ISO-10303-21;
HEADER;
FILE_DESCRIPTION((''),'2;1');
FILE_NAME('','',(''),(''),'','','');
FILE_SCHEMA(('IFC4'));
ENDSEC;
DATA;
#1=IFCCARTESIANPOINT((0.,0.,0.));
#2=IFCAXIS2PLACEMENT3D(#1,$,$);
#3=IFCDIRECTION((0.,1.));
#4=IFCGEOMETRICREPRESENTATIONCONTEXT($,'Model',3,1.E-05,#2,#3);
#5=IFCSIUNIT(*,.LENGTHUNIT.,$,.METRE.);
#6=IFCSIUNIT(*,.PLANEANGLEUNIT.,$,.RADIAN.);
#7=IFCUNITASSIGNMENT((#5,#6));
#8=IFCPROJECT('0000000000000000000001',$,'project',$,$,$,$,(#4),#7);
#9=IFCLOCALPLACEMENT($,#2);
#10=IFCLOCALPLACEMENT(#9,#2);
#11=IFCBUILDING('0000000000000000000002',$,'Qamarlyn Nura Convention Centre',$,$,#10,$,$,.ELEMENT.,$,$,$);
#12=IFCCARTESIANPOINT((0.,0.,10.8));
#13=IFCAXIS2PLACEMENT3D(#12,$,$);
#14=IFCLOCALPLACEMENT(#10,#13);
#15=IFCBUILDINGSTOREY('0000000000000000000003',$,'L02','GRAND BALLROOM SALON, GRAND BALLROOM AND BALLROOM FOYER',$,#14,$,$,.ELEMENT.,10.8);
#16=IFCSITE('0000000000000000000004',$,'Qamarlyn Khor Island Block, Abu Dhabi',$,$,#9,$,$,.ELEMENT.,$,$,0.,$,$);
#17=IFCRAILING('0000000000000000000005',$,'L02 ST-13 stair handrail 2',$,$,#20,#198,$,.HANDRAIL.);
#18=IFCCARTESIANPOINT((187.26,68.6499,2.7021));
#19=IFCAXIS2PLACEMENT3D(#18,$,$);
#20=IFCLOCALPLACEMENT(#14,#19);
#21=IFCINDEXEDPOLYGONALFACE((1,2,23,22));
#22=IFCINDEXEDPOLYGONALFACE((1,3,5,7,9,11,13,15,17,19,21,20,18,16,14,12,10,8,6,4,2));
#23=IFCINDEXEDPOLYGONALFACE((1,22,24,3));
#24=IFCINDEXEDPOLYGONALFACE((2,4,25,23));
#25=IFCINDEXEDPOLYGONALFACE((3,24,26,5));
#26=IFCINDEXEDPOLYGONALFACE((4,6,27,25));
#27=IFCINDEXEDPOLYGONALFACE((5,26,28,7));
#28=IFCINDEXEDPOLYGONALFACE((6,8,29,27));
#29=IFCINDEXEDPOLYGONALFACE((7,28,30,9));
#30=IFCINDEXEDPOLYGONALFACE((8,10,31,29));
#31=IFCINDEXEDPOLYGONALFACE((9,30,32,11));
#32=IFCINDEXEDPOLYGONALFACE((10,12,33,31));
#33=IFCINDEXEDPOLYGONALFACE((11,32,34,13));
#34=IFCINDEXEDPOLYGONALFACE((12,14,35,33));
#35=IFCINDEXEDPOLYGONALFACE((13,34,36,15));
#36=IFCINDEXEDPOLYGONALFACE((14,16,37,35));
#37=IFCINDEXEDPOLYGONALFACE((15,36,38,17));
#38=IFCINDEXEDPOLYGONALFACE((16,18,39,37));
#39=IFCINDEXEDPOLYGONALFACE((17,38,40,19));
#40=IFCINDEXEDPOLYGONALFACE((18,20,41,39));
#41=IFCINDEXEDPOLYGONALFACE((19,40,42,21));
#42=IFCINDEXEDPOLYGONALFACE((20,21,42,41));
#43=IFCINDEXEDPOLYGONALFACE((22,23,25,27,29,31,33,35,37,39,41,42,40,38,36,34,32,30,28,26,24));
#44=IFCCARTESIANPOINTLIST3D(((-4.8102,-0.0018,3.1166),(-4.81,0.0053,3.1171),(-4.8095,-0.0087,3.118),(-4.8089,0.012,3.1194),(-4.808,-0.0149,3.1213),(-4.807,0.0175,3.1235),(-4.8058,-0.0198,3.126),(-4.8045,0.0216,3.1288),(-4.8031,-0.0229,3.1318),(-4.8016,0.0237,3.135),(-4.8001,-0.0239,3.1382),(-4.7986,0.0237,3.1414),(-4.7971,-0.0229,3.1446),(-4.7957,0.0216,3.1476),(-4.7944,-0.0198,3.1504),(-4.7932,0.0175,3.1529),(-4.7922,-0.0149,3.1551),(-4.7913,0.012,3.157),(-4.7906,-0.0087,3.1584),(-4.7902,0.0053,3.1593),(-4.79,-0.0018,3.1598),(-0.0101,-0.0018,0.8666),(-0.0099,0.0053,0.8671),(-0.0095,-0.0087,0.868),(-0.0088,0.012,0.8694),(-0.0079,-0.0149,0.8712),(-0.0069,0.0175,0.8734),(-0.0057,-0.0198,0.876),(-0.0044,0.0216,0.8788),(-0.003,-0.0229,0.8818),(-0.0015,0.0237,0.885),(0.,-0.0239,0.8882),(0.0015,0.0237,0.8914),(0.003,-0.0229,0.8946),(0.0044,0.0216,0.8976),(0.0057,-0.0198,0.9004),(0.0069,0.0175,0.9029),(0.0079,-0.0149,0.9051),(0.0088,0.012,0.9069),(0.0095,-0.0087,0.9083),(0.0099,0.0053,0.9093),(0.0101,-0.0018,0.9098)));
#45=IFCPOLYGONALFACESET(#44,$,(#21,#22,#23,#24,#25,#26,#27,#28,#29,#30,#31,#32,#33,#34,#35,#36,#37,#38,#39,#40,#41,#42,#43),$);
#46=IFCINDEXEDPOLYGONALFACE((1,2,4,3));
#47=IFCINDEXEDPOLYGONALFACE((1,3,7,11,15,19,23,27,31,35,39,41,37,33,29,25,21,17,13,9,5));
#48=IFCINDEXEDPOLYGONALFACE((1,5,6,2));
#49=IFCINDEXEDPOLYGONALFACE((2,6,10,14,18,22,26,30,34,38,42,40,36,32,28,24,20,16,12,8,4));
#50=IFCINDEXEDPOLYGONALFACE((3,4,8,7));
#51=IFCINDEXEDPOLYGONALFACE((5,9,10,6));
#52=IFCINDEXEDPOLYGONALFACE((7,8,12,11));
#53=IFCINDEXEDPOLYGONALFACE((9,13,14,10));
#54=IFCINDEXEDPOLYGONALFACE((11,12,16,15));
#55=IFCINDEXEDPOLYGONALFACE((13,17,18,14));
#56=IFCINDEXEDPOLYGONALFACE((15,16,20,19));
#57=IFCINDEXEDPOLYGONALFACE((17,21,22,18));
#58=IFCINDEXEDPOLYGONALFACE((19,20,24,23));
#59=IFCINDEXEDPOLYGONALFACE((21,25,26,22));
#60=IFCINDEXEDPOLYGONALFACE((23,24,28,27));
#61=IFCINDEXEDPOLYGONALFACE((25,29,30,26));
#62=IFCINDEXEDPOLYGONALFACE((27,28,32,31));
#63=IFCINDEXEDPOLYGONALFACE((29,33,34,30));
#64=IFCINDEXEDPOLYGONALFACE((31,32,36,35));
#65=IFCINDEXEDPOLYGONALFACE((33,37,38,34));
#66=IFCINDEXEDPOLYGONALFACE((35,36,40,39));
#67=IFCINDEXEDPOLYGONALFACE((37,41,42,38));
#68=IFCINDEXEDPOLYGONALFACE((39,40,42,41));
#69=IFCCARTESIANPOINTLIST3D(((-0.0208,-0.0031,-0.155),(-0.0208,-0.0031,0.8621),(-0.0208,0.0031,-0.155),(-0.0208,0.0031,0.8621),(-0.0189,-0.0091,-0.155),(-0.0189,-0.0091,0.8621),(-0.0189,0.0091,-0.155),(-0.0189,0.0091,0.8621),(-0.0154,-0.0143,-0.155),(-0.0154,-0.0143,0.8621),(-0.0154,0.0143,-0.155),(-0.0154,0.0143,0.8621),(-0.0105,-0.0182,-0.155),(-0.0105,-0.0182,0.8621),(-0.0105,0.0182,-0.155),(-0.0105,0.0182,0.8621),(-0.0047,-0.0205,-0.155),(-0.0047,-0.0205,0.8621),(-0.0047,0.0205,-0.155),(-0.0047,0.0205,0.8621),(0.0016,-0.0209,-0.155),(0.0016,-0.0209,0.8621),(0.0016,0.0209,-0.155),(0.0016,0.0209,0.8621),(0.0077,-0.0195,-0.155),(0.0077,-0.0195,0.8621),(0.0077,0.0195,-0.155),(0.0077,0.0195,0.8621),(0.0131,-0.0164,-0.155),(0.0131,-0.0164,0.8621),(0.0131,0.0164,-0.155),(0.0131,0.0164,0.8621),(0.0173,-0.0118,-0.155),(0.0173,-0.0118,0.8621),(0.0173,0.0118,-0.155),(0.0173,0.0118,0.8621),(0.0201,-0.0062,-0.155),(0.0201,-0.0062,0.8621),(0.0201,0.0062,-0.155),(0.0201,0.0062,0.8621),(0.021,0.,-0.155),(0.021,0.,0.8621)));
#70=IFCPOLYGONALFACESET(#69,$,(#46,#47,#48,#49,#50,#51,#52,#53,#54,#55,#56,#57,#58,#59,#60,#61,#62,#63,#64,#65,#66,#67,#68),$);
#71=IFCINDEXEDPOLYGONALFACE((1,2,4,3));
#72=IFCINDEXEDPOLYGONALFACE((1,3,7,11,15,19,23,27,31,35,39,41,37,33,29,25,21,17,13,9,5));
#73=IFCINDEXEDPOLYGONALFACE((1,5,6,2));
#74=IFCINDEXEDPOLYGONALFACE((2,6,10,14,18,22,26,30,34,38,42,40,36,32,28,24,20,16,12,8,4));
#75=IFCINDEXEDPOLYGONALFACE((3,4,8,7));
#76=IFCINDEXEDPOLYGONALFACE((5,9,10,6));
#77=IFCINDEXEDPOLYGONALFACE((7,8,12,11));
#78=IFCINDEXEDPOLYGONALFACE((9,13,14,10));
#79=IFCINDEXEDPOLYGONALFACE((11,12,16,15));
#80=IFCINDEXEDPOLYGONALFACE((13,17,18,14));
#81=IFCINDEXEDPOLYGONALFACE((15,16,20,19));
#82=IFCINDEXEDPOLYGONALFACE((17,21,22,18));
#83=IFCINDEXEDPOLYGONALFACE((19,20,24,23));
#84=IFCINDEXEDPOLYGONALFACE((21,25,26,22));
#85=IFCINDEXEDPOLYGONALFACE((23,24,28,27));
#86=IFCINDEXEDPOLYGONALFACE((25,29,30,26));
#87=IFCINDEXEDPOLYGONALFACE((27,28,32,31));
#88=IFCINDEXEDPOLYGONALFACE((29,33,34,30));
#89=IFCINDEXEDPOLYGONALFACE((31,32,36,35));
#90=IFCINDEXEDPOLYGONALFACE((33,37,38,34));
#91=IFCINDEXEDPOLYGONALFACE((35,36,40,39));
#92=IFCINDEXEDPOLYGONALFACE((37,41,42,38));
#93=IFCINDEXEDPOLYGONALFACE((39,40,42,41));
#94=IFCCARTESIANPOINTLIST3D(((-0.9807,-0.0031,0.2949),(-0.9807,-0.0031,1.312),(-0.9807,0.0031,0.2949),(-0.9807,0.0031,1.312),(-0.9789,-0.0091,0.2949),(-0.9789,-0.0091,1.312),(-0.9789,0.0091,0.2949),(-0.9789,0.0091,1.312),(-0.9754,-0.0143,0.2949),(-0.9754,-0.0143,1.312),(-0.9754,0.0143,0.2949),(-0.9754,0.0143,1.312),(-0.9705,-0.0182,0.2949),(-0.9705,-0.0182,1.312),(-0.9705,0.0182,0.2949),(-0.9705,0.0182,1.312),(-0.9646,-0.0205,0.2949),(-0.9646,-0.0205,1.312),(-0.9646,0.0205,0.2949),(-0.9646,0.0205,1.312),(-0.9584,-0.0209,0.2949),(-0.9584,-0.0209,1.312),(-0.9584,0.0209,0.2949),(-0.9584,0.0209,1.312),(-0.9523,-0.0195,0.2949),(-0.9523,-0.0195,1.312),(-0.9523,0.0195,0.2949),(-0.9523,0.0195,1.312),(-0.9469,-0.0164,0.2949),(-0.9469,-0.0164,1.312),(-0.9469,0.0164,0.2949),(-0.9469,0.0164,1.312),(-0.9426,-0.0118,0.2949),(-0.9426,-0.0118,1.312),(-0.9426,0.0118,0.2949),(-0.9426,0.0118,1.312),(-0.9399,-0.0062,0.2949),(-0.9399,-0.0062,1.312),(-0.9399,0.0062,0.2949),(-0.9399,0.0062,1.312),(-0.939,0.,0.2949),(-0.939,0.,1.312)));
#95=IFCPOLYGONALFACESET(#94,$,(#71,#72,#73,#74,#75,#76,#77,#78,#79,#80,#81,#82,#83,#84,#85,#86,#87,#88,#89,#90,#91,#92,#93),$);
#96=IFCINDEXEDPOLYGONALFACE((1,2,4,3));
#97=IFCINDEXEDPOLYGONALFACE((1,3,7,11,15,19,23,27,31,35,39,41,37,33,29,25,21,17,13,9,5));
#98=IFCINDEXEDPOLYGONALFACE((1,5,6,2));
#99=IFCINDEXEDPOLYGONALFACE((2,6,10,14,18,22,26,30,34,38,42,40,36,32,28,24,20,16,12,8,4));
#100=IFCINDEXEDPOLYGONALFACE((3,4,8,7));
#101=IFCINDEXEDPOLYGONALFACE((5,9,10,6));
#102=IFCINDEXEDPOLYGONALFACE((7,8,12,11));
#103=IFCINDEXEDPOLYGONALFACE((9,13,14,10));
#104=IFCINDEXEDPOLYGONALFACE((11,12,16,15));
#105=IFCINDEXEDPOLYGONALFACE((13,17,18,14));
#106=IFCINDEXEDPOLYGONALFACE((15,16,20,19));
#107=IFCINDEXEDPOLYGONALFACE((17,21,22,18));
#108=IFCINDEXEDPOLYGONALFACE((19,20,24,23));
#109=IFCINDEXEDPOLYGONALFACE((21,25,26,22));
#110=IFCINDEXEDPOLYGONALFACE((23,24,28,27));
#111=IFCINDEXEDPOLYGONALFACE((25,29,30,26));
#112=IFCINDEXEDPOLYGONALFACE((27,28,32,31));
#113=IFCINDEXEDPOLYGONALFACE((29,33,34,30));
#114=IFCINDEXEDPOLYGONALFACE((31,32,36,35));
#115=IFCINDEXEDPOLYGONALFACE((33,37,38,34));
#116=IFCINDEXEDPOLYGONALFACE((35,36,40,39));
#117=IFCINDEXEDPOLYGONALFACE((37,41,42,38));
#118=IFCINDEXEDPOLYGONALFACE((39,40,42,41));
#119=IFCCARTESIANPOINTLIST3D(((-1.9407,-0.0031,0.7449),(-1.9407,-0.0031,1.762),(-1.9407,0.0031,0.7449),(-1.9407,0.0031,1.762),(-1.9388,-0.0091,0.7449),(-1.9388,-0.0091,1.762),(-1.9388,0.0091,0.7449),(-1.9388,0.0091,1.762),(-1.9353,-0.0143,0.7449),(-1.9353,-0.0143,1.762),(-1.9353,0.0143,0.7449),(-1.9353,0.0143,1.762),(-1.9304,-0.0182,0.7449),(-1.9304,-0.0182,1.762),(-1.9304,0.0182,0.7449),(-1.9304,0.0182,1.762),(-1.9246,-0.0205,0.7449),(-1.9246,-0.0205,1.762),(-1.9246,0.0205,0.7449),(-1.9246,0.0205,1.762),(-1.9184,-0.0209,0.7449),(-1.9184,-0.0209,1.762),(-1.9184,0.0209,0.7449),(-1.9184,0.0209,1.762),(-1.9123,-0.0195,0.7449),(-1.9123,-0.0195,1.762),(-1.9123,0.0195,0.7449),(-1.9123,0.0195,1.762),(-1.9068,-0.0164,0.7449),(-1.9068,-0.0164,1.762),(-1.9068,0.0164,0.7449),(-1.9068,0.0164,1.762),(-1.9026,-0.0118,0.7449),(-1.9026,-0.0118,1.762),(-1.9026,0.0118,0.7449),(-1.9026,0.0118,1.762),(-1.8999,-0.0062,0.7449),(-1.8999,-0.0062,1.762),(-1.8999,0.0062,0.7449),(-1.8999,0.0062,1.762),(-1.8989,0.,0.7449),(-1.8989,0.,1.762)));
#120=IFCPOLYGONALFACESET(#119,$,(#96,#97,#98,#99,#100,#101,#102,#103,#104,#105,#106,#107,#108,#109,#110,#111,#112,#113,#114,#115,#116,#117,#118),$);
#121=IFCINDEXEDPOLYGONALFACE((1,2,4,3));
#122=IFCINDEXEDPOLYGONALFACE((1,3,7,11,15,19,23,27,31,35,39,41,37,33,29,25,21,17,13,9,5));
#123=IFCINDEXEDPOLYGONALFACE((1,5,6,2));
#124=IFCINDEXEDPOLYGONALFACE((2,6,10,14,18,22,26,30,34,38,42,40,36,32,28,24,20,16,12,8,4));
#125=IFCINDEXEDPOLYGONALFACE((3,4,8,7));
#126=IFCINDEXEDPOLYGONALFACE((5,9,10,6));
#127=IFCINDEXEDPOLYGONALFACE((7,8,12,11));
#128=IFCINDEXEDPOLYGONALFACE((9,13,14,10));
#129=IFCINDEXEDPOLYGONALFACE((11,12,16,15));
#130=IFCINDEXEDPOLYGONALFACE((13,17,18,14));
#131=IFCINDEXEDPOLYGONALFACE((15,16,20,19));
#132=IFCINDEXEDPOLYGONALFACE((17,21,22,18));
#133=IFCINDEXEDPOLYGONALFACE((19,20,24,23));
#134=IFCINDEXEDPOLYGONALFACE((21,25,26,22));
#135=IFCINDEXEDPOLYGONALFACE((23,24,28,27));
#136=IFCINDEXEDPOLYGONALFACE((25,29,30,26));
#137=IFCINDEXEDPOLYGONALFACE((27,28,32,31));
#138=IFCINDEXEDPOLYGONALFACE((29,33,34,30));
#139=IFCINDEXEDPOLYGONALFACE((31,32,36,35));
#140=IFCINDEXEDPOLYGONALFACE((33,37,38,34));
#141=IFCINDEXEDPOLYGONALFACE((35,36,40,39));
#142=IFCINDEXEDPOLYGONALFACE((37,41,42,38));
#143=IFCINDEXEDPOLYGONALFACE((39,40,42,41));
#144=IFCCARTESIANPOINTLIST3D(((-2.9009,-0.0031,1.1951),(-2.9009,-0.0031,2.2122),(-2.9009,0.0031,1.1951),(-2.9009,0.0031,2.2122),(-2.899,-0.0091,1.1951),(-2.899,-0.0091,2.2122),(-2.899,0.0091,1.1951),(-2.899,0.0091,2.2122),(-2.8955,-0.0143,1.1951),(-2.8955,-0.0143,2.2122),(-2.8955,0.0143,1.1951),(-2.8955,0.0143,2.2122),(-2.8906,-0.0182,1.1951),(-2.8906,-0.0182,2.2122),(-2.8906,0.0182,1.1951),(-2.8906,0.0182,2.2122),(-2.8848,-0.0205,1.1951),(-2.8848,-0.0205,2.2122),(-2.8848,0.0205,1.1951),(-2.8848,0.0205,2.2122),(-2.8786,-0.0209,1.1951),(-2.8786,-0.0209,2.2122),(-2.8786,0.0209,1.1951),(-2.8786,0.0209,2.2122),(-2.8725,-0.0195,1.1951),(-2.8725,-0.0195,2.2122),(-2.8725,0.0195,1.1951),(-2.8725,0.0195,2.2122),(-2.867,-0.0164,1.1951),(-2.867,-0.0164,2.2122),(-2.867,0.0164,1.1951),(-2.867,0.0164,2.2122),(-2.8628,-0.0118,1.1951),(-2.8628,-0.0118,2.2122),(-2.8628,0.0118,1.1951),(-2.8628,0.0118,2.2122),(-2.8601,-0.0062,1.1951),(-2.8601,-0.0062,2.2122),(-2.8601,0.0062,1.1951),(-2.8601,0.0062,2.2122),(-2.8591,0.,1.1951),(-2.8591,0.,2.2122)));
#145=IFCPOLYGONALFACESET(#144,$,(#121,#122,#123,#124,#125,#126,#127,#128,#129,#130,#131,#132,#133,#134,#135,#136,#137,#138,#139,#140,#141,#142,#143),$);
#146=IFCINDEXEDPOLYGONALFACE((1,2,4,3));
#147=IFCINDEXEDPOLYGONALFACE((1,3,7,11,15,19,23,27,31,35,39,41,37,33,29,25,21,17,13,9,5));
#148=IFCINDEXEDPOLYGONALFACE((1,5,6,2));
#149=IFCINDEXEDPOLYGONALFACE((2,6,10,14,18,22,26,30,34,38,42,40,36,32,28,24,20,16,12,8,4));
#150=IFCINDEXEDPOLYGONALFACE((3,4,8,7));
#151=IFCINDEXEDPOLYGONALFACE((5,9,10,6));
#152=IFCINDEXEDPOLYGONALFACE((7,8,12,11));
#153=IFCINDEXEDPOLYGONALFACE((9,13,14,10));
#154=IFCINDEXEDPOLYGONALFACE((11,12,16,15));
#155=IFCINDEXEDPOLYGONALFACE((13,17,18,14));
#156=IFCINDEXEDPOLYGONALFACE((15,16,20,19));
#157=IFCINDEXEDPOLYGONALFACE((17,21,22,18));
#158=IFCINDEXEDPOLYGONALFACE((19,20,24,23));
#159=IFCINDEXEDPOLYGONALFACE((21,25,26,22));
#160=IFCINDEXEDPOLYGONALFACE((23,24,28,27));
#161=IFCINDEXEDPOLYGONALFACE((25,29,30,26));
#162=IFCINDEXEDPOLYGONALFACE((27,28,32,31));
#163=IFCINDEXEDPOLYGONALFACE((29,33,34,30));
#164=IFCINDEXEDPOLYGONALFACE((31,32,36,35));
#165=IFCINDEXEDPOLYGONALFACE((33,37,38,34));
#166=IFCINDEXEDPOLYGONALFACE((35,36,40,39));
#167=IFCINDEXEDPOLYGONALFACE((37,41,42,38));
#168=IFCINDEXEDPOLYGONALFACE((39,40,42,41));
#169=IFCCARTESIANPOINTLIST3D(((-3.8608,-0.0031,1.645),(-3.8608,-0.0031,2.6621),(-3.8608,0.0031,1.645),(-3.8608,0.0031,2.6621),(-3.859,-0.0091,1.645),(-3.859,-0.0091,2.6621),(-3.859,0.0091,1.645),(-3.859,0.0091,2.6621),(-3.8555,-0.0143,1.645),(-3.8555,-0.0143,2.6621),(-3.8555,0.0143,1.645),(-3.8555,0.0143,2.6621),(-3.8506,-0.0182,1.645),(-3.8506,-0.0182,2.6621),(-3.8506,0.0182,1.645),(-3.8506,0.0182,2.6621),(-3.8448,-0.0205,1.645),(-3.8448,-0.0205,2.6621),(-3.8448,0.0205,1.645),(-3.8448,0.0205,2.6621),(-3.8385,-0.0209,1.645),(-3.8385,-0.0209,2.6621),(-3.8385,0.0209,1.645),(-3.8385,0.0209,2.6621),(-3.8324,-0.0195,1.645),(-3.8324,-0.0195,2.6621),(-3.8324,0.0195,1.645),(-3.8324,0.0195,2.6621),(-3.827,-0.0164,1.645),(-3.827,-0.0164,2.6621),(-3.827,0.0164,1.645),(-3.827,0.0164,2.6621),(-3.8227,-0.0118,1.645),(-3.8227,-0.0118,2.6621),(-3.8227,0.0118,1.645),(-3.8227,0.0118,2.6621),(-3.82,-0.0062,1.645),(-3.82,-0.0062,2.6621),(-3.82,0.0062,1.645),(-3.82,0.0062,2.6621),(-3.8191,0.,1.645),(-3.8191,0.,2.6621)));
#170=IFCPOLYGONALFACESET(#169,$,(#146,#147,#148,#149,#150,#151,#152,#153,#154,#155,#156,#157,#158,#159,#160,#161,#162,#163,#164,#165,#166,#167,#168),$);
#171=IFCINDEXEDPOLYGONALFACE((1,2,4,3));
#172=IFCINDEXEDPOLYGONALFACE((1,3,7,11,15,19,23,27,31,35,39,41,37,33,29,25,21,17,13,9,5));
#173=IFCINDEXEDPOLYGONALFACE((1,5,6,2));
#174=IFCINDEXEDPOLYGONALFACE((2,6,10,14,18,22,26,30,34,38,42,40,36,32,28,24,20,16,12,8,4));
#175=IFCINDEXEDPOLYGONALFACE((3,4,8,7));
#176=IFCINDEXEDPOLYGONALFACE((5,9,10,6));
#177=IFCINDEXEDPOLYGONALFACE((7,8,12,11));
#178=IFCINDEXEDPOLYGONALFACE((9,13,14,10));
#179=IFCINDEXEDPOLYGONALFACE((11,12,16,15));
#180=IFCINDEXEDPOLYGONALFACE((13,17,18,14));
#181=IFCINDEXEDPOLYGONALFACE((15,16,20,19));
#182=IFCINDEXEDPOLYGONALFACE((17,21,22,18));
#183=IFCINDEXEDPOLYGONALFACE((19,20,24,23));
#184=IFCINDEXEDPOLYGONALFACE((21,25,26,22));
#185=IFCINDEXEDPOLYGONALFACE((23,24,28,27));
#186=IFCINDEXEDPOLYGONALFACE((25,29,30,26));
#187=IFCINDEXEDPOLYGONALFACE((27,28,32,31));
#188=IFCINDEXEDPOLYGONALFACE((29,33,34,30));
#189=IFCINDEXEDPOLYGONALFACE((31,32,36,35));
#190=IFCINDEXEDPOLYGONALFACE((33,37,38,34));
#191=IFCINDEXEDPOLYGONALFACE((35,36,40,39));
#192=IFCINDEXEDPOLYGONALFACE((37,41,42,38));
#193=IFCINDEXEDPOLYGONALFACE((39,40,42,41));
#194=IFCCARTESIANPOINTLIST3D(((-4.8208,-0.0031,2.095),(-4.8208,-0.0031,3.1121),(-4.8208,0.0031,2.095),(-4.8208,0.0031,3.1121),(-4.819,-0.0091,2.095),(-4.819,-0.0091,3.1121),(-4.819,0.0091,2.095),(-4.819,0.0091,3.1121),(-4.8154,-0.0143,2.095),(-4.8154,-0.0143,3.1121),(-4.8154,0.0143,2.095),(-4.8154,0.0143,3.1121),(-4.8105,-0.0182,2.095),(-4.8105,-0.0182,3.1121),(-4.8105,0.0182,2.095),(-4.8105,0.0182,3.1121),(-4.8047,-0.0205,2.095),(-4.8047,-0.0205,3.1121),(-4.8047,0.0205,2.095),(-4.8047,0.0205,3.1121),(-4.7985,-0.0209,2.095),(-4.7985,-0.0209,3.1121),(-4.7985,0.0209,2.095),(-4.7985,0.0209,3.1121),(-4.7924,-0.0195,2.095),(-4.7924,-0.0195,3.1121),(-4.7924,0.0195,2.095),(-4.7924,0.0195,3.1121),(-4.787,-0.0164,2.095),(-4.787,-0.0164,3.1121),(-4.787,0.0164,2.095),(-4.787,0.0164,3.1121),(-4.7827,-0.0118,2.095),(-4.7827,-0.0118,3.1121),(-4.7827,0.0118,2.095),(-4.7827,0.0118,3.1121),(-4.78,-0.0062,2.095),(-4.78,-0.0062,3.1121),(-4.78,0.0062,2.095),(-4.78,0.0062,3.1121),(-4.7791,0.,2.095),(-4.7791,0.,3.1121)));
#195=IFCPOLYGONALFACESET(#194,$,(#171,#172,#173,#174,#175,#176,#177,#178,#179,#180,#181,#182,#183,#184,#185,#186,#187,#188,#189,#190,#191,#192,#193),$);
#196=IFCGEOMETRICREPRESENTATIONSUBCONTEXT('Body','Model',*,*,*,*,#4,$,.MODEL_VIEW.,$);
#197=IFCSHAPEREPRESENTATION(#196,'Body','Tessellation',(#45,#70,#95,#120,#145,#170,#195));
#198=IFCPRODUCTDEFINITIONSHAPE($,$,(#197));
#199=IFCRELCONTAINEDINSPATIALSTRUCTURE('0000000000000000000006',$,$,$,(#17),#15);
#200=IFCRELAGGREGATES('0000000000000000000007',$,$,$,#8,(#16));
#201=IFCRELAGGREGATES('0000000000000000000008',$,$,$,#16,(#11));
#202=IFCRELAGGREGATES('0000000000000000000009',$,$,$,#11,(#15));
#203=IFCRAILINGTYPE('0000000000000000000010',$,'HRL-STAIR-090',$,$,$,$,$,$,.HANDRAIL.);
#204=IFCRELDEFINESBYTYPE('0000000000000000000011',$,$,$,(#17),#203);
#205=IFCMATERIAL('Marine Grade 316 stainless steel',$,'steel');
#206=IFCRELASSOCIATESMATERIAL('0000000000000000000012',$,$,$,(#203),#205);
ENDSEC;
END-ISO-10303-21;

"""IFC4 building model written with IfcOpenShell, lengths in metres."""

from ifc_helpers import new_model, si_unit, direction, frame, origin, origin_2d, place, context, subcontext, project, spatial, circle, extrude, material, type_object, element, save


model = new_model("IFC4")

# Units and contexts
model_context = context("Model", 3, precision=1e-05, world=origin(), true_north=direction((0.0, 1.0)))
body_context = subcontext(model_context, "Body", "Model", "MODEL_VIEW")
ifc_project = project(units=[si_unit("LENGTHUNIT", "METRE"), si_unit("PLANEANGLEUNIT", "RADIAN")], contexts=[model_context])

# Site, building, storey
site_placement = place(None, origin())
site = spatial("IfcSite", under=ifc_project, at=site_placement, Name="Qamarlyn Khor Island Block, Abu Dhabi", CompositionType="ELEMENT", RefElevation=0.0)
building_placement = place(site_placement, origin())
building = spatial("IfcBuilding", under=site, at=building_placement, Name="Qamarlyn Nura Convention Centre", CompositionType="ELEMENT")
storey_placement = place(building_placement, frame((0.0, 0.0, 10.8)))
storey = spatial("IfcBuildingStorey", under=building, at=storey_placement, Name="L02", Description="GRAND BALLROOM SALON, GRAND BALLROOM AND BALLROOM FOYER", CompositionType="ELEMENT", Elevation=10.8)

# Railing
ifc_material_1 = material(Name="Marine Grade 316 stainless steel", Category="steel")
railing_type_1 = type_object("IfcRailingType", Name="HRL-STAIR-090", PredefinedType="HANDRAIL", material=ifc_material_1)
railing_1_placement = place(storey_placement, frame((187.26, 68.6499, 2.7021)))
element("IfcRailing", 1, at=railing_1_placement, inside=storey, type_object=railing_type_1, Name="L02 ST-13 stair handrail 2", PredefinedType="HANDRAIL", context=body_context, shape_type="SweptSolid", body=[
    extrude(circle(Radius=0.0239, at=origin_2d()), frame((0.0, 0.0, 0.8882), z_axis=(-0.905461, 0.0, 0.42443), x_axis=(0.0, -1.0, 0.0)), (0.0, 0.0, 1.0), 5.3013),
    extrude(circle(Radius=0.021, at=origin_2d()), frame((0.0, 0.0, -0.155)), (0.0, 0.0, 1.0), 1.0171),
    extrude(circle(Radius=0.021, at=origin_2d()), frame((-0.96, 0.0, 0.2949)), (0.0, 0.0, 1.0), 1.0171),
    extrude(circle(Radius=0.021, at=origin_2d()), frame((-1.9199, 0.0, 0.7449)), (0.0, 0.0, 1.0), 1.0171),
    extrude(circle(Radius=0.021, at=origin_2d()), frame((-2.8801, 0.0, 1.1951)), (0.0, 0.0, 1.0), 1.0171),
    extrude(circle(Radius=0.021, at=origin_2d()), frame((-3.8401, 0.0, 1.645)), (0.0, 0.0, 1.0), 1.0171),
    extrude(circle(Radius=0.021, at=origin_2d()), frame((-4.8, 0.0, 2.095)), (0.0, 0.0, 1.0), 1.0171),
])

save(model, "model.ifc")
